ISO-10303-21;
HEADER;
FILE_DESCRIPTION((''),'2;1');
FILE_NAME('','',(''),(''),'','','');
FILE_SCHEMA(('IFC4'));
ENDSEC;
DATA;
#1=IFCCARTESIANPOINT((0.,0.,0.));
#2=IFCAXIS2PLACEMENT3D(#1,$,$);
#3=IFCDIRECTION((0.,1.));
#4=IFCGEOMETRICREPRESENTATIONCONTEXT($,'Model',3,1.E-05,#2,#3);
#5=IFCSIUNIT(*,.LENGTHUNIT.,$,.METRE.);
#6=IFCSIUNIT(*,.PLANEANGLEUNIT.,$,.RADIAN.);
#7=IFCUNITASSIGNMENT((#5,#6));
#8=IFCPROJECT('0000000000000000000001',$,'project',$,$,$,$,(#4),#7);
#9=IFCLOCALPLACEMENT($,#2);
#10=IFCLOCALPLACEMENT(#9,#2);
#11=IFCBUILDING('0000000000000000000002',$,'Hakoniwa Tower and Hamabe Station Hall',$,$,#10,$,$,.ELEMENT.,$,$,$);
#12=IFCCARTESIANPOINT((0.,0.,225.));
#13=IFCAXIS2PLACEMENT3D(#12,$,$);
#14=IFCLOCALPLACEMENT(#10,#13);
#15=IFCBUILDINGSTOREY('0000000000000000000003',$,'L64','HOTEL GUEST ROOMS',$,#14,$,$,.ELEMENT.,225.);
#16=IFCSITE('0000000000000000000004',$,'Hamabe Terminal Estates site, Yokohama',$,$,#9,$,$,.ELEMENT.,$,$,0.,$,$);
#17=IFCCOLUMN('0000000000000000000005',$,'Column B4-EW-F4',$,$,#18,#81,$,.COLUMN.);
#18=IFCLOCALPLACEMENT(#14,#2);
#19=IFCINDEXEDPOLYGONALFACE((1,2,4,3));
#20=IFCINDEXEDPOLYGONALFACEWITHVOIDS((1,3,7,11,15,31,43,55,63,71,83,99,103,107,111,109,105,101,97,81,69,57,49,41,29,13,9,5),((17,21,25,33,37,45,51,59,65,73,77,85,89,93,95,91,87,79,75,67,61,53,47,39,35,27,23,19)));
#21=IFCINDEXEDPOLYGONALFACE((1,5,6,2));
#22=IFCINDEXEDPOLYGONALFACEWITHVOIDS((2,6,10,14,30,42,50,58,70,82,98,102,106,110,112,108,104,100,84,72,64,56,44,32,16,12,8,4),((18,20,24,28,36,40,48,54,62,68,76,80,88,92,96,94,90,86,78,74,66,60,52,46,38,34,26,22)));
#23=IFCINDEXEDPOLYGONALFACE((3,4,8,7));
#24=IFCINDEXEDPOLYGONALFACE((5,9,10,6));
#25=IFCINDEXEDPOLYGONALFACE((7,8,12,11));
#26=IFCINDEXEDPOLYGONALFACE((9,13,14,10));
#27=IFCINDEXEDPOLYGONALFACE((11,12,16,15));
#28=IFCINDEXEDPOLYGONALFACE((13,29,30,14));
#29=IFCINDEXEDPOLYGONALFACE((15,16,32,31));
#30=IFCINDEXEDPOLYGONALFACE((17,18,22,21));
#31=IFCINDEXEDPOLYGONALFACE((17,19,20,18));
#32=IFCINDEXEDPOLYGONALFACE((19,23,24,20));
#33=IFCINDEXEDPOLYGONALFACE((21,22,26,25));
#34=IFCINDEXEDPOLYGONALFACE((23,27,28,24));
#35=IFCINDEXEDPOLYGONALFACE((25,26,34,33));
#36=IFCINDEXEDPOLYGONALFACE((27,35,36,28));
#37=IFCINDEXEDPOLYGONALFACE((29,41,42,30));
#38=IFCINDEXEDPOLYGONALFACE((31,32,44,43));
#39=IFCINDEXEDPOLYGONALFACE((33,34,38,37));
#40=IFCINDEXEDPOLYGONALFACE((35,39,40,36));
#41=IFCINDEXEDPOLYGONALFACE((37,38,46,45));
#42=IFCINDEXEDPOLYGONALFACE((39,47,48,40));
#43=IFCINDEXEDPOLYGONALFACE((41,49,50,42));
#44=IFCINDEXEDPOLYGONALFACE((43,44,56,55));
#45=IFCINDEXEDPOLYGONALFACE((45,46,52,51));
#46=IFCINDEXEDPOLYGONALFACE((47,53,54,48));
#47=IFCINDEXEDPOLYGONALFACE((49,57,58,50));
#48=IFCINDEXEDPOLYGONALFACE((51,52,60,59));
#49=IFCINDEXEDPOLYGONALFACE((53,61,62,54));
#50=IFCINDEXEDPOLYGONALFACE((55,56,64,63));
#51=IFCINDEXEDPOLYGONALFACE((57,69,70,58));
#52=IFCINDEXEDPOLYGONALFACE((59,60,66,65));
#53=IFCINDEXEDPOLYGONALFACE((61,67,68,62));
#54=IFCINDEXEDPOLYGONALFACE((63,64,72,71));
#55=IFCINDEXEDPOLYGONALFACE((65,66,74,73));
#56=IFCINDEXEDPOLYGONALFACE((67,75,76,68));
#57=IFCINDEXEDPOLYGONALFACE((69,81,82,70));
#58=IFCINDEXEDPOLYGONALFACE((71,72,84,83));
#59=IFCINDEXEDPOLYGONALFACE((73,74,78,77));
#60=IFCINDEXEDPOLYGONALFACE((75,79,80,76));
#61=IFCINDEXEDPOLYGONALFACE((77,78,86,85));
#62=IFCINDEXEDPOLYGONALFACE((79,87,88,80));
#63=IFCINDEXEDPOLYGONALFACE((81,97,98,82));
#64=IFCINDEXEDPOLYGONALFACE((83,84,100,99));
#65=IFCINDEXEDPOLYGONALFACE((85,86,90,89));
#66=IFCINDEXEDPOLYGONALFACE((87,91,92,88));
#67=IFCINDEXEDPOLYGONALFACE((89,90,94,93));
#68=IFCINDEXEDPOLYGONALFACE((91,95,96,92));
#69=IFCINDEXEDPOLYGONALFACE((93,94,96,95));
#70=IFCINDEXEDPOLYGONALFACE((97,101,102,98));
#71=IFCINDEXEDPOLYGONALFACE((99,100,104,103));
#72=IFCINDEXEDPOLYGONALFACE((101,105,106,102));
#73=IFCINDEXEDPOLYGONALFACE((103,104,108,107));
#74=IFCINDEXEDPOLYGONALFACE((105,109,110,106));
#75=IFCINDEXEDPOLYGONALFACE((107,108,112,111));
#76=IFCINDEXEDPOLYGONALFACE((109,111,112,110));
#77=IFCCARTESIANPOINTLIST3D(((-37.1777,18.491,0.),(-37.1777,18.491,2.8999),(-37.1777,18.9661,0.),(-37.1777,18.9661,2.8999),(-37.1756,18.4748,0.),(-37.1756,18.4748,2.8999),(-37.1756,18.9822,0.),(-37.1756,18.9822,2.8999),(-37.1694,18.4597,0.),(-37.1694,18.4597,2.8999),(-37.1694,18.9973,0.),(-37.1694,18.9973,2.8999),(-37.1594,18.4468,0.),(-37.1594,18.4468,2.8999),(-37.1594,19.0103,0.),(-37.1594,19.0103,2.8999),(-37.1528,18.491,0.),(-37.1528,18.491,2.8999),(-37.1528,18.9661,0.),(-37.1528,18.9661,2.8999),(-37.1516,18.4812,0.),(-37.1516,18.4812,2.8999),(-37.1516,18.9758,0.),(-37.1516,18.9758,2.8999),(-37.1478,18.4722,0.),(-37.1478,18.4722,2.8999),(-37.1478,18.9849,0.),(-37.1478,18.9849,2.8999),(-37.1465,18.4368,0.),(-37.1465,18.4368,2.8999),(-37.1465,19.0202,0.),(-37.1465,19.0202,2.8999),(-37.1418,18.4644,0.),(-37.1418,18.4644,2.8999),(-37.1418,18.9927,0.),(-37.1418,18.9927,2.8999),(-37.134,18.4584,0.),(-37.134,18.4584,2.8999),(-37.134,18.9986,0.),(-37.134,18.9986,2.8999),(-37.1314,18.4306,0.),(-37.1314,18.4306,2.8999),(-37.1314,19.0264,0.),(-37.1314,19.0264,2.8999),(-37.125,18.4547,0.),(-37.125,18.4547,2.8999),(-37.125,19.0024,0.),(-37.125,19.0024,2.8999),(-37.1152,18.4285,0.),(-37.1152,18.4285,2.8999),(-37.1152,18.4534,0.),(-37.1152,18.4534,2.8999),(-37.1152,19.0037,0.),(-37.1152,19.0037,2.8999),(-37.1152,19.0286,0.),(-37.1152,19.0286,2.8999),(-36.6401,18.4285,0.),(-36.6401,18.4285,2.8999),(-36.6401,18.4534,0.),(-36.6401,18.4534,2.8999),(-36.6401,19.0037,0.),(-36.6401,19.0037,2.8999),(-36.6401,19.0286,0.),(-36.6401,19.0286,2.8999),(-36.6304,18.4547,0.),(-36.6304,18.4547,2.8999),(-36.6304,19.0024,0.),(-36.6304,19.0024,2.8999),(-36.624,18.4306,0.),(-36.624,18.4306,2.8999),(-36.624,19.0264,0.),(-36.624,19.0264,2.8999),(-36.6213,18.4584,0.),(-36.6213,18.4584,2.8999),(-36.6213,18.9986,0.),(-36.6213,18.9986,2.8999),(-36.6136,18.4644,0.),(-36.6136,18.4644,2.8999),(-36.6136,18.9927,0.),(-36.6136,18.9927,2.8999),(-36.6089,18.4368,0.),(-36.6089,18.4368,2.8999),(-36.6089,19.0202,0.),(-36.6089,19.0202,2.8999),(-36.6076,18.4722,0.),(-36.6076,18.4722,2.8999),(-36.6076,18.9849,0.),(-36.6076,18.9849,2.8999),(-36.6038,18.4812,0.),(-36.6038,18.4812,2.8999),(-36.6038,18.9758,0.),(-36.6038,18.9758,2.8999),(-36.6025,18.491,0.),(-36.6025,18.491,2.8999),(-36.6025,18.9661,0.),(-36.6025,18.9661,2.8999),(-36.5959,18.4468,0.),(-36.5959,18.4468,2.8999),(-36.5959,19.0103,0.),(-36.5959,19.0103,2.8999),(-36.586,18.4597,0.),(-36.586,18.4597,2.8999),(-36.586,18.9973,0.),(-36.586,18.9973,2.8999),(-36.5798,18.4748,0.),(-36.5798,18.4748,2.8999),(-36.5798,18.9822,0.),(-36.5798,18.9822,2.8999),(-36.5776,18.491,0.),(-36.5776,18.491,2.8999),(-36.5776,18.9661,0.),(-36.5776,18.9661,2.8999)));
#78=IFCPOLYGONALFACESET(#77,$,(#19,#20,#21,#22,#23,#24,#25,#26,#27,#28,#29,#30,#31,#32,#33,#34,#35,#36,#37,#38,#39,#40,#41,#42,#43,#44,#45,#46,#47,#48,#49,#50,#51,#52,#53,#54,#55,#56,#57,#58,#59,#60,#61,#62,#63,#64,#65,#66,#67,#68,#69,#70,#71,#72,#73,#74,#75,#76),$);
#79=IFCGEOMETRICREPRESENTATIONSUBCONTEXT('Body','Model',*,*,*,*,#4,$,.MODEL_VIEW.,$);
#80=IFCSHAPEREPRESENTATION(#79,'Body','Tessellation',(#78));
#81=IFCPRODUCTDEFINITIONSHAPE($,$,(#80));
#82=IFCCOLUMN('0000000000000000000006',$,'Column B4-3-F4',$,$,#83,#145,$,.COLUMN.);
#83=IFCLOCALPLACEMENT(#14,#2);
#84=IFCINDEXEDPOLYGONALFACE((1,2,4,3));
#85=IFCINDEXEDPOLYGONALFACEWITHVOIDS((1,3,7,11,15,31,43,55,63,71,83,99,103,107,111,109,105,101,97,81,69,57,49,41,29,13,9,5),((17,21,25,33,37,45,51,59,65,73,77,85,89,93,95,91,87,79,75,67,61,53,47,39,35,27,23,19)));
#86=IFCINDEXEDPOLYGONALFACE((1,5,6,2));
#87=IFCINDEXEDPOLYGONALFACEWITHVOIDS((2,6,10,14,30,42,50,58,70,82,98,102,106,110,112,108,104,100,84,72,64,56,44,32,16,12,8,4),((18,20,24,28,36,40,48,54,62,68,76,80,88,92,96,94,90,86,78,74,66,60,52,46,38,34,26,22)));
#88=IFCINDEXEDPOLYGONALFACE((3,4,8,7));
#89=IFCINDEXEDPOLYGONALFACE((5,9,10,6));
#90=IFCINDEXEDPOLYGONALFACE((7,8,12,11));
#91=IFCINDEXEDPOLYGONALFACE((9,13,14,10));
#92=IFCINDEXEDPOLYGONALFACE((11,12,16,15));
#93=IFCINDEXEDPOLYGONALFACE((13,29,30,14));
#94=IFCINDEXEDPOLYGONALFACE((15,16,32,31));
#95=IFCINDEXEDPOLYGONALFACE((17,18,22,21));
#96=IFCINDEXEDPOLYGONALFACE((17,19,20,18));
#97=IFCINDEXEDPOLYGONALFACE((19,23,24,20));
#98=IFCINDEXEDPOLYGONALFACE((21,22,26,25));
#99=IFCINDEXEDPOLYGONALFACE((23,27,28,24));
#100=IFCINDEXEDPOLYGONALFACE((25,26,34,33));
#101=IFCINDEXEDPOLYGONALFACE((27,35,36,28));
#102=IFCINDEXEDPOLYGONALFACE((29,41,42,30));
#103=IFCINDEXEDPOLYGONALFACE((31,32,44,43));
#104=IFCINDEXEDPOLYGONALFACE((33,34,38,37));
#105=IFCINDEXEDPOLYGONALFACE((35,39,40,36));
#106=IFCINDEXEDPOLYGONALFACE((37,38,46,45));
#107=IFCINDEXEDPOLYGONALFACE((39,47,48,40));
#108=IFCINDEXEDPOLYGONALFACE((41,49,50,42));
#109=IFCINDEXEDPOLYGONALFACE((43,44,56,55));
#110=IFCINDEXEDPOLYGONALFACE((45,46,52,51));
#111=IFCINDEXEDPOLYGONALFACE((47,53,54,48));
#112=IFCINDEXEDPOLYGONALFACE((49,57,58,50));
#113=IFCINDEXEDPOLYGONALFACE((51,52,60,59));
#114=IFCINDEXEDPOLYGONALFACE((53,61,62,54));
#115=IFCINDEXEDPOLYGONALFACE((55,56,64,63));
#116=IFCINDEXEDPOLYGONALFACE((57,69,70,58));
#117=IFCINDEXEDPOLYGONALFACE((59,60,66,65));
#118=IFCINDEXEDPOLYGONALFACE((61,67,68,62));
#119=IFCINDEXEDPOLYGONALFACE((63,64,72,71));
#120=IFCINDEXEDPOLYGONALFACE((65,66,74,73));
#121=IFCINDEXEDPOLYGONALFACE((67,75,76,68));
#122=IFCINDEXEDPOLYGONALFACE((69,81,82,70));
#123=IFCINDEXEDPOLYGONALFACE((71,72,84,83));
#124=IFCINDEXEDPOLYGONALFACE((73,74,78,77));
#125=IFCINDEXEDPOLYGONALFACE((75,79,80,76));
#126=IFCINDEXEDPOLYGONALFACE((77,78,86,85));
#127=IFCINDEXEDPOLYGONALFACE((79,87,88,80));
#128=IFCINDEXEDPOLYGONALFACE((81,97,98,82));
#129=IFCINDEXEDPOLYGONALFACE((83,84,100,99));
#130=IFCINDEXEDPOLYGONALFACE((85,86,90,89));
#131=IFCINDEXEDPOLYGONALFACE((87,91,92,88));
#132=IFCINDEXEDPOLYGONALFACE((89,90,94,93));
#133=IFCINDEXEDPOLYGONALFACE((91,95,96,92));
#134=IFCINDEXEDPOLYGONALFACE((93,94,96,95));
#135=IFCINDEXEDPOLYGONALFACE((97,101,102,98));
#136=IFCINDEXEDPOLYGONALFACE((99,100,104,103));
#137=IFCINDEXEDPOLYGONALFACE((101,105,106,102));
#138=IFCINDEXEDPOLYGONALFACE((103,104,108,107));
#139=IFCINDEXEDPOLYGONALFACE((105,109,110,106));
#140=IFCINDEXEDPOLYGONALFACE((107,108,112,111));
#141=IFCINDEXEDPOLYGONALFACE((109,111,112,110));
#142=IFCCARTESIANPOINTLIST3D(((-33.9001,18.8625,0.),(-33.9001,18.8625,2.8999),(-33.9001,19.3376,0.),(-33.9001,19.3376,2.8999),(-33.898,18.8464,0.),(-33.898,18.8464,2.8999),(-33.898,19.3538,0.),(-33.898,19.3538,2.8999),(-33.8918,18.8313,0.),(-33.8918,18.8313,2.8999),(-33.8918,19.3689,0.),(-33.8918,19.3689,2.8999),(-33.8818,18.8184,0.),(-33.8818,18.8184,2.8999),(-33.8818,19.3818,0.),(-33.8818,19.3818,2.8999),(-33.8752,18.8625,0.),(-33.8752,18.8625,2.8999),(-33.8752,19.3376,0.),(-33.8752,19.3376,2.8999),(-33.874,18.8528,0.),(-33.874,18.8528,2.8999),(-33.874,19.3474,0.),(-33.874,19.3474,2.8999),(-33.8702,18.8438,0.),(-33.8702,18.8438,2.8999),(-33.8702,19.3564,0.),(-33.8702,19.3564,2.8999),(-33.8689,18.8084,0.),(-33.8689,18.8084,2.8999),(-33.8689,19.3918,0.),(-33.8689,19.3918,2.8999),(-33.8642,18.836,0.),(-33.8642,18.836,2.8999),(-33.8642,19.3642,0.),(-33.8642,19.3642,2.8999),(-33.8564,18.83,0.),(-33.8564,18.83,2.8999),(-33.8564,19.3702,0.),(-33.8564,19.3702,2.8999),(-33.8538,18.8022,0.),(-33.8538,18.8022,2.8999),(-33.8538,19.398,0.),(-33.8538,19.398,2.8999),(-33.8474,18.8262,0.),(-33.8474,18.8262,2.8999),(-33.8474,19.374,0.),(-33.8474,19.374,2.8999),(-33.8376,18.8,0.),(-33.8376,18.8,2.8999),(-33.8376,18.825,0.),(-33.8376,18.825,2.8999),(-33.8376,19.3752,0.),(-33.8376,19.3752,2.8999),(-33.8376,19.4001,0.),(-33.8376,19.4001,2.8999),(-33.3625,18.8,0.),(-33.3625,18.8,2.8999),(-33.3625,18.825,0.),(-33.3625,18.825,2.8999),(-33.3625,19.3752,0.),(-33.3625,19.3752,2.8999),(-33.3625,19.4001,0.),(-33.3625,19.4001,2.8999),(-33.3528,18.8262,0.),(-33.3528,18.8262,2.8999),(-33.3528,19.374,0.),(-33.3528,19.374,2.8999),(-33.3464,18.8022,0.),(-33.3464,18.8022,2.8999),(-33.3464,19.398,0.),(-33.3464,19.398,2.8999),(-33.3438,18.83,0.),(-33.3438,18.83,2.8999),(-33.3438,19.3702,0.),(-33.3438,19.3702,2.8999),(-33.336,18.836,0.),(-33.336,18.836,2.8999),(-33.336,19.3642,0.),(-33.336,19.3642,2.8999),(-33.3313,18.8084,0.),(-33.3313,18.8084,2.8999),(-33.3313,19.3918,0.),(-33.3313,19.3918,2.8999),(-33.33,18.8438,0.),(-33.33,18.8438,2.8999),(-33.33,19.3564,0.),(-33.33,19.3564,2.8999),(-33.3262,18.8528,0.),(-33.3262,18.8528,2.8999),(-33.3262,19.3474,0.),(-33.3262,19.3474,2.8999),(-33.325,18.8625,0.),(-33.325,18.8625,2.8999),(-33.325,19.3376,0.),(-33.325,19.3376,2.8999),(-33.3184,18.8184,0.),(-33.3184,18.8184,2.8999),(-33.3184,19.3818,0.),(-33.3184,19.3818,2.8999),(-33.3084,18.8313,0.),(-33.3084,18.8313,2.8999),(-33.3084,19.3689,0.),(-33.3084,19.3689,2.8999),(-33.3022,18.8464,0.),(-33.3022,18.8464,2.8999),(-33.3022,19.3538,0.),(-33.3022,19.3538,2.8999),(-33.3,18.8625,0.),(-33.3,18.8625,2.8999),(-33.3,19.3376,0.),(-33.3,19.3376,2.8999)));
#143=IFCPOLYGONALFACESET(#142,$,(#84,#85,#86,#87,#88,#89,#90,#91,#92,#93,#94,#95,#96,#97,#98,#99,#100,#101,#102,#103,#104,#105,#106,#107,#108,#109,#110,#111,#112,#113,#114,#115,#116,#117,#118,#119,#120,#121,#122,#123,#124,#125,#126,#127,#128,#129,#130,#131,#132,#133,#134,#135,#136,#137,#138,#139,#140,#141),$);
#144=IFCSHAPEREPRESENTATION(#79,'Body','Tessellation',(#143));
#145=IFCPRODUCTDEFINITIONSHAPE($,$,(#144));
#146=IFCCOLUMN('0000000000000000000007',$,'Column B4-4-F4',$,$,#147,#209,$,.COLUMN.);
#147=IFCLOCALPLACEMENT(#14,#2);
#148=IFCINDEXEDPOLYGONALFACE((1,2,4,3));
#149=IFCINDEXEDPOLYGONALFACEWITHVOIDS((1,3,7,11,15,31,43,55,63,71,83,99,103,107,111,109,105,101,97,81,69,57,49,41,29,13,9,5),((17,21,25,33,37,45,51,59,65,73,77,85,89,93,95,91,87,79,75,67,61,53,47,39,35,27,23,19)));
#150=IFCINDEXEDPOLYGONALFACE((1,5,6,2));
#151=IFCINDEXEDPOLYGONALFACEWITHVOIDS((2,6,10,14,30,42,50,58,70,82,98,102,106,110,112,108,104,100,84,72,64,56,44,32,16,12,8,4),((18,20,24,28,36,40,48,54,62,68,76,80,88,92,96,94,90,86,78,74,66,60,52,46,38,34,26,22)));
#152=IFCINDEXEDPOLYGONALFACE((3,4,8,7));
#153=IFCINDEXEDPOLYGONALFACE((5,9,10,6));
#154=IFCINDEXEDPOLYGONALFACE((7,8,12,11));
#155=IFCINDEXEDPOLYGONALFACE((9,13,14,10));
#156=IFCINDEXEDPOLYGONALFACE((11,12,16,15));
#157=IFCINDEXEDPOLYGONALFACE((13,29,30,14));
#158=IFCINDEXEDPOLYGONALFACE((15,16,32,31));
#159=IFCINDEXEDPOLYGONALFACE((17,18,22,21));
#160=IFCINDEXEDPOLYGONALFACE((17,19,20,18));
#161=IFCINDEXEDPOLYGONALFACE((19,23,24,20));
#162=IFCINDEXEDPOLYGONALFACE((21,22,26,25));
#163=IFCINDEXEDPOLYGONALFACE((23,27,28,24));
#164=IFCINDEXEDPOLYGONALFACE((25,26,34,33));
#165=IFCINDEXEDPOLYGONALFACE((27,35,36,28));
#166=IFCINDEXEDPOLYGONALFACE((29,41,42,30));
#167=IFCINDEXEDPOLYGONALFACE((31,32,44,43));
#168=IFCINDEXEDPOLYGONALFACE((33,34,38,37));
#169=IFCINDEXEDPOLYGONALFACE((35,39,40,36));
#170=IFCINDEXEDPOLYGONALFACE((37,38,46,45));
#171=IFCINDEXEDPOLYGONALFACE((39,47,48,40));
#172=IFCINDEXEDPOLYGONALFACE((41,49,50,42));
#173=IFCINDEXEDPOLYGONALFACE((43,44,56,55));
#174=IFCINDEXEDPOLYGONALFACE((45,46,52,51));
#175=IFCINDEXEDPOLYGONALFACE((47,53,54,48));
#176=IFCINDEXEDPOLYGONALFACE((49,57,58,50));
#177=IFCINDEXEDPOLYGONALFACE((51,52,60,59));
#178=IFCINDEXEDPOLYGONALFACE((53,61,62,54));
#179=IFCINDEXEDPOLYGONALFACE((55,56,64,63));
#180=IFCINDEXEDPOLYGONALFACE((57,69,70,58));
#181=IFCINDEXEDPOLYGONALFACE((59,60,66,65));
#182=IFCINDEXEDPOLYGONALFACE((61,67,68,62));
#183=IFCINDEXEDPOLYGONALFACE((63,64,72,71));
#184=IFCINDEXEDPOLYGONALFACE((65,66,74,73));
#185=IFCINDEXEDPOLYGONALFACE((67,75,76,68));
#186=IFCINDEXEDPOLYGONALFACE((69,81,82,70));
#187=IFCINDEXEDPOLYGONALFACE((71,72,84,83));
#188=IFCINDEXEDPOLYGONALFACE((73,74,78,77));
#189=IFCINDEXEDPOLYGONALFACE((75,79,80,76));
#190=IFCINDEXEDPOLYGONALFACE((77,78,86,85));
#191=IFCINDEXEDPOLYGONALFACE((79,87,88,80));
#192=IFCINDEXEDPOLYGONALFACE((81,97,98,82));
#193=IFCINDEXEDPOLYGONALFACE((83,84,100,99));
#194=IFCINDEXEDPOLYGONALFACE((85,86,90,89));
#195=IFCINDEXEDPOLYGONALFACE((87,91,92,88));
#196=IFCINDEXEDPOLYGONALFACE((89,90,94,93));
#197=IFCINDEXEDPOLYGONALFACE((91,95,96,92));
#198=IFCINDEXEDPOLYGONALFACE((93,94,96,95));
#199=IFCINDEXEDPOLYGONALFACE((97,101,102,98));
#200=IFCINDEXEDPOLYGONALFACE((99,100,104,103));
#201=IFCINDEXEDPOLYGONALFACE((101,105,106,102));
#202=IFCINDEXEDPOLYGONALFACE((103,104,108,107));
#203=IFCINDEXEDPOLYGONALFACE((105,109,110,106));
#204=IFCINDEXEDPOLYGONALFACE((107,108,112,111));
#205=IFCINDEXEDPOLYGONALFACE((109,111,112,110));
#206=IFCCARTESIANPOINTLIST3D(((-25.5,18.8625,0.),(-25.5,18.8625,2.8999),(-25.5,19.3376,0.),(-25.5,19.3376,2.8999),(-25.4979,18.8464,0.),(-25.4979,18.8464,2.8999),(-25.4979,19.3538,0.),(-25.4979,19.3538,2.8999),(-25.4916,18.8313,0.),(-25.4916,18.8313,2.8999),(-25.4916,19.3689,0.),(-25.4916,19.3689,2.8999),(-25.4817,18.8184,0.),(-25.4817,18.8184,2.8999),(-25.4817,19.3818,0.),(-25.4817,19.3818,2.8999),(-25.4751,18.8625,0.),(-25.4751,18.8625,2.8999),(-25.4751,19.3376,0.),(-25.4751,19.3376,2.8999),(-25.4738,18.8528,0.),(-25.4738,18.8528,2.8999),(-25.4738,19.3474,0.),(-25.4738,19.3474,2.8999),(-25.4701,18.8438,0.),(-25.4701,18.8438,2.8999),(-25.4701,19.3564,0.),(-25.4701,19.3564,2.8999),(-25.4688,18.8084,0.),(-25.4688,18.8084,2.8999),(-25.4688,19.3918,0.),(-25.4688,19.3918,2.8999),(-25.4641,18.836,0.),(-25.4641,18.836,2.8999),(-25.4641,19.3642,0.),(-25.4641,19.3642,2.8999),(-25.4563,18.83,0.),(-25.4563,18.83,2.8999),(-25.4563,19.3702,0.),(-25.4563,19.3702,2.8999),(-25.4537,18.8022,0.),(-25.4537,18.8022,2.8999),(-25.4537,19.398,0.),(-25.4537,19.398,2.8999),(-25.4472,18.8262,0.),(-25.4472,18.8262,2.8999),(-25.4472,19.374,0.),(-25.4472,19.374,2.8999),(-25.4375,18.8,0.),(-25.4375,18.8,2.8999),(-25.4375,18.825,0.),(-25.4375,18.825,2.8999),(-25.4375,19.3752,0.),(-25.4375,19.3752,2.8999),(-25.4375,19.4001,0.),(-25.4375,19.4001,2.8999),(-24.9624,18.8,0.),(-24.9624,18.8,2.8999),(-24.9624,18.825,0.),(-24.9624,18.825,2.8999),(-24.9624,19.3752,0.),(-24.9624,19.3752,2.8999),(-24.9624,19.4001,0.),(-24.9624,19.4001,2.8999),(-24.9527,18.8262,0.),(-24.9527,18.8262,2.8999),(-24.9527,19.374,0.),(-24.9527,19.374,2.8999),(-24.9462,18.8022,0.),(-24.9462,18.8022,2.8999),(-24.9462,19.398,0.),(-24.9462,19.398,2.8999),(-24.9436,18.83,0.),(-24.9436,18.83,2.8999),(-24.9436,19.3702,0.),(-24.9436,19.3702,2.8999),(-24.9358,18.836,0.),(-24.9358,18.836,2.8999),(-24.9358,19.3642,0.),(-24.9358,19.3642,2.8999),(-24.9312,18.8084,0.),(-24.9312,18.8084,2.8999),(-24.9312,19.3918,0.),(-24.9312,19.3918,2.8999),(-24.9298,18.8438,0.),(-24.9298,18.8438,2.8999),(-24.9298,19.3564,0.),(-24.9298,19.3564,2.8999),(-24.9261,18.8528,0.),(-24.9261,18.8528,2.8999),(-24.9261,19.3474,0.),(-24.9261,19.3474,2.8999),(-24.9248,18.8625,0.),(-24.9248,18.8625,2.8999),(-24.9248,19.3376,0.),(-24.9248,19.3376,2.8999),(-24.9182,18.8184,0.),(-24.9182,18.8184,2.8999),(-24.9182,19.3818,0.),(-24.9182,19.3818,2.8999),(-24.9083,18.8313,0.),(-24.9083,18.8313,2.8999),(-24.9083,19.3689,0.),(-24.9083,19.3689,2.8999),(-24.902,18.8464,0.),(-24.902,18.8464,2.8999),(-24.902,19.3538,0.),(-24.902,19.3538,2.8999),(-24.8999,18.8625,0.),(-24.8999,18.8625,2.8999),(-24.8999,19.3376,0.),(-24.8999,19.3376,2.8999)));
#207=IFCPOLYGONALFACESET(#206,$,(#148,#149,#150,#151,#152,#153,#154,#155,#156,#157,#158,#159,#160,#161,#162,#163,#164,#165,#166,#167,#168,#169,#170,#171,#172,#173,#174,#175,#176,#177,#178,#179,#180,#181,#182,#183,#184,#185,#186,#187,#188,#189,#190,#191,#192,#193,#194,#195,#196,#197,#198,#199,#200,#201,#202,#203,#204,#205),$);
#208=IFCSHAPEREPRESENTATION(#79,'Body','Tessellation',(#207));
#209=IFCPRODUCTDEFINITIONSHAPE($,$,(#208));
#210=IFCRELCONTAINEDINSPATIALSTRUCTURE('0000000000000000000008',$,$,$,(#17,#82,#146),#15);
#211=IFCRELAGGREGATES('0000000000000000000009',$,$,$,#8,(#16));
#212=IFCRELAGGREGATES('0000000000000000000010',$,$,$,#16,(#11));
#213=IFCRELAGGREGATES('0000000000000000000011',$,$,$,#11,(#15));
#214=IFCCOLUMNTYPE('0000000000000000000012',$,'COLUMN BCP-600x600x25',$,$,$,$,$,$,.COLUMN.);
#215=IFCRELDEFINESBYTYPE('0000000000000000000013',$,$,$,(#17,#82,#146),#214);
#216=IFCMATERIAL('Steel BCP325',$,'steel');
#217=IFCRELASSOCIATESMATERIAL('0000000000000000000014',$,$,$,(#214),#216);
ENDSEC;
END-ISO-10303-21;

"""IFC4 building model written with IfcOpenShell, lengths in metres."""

from ifc_helpers import new_model, si_unit, direction, frame, origin, origin_2d, place, context, subcontext, project, spatial, hollow_rectangle, extrude, material, material_profile, profile_set, type_object, element, save


model = new_model("IFC4")

# Units and contexts
model_context = context("Model", 3, precision=1e-05, world=origin(), true_north=direction((0.0, 1.0)))
body_context = subcontext(model_context, "Body", "Model", "MODEL_VIEW")
ifc_project = project(units=[si_unit("LENGTHUNIT", "METRE"), si_unit("PLANEANGLEUNIT", "RADIAN")], contexts=[model_context])

# Site, building, storey
site_placement = place(None, origin())
site = spatial("IfcSite", under=ifc_project, at=site_placement, Name="Hamabe Terminal Estates site, Yokohama", CompositionType="ELEMENT", RefElevation=0.0)
building_placement = place(site_placement, origin())
building = spatial("IfcBuilding", under=site, at=building_placement, Name="Hakoniwa Tower and Hamabe Station Hall", CompositionType="ELEMENT")
storey_placement = place(building_placement, frame((0.0, 0.0, 225.0)))
storey = spatial("IfcBuildingStorey", under=building, at=storey_placement, Name="L64", Description="HOTEL GUEST ROOMS", CompositionType="ELEMENT", Elevation=225.0)

# Columns
ifc_material_1 = material(Name="Steel BCP325", Category="steel")
ifc_material_profile_1 = material_profile(ifc_material_1, hollow_rectangle(XDim=0.6001, YDim=0.6001, WallThickness=0.0249, InnerFilletRadius=0.0376, OuterFilletRadius=0.0625, at=origin_2d()), Name="BCP-600x600x25")
ifc_profile_set_1 = profile_set([ifc_material_profile_1], Name="Steel BCP325")
column_type = type_object("IfcColumnType", Name="COLUMN BCP-600x600x25", PredefinedType="COLUMN", material=ifc_profile_set_1)
for number, where, z_axis, x_axis, name in (
    (1, (-36.8777, 18.7285, 0.0), (0.0, 0.0, 1.0), (1.0, 0.0, 0.0), "Column B4-EW-F4"),
    (2, (-33.6001, 19.1001, 0.0), (0.0, 0.0, 1.0), (1.0, 0.0, 0.0), "Column B4-3-F4"),
    (3, (-25.2, 19.1001, 0.0), (0.0, 0.0, 1.0), (1.0, 0.0, 0.0), "Column B4-4-F4"),
):
    element("IfcColumn", number, at=place(storey_placement, frame(where, z_axis=z_axis, x_axis=x_axis)), inside=storey, type_object=column_type, Name=name, PredefinedType="COLUMN", context=body_context, shape_type="SweptSolid", body=[
        extrude(hollow_rectangle(XDim=0.6001, YDim=0.6001, WallThickness=0.0249, InnerFilletRadius=0.0376, OuterFilletRadius=0.0625, at=origin_2d()), origin(), (0.0, 0.0, 1.0), 2.8999),
    ])

save(model, "model.ifc")
